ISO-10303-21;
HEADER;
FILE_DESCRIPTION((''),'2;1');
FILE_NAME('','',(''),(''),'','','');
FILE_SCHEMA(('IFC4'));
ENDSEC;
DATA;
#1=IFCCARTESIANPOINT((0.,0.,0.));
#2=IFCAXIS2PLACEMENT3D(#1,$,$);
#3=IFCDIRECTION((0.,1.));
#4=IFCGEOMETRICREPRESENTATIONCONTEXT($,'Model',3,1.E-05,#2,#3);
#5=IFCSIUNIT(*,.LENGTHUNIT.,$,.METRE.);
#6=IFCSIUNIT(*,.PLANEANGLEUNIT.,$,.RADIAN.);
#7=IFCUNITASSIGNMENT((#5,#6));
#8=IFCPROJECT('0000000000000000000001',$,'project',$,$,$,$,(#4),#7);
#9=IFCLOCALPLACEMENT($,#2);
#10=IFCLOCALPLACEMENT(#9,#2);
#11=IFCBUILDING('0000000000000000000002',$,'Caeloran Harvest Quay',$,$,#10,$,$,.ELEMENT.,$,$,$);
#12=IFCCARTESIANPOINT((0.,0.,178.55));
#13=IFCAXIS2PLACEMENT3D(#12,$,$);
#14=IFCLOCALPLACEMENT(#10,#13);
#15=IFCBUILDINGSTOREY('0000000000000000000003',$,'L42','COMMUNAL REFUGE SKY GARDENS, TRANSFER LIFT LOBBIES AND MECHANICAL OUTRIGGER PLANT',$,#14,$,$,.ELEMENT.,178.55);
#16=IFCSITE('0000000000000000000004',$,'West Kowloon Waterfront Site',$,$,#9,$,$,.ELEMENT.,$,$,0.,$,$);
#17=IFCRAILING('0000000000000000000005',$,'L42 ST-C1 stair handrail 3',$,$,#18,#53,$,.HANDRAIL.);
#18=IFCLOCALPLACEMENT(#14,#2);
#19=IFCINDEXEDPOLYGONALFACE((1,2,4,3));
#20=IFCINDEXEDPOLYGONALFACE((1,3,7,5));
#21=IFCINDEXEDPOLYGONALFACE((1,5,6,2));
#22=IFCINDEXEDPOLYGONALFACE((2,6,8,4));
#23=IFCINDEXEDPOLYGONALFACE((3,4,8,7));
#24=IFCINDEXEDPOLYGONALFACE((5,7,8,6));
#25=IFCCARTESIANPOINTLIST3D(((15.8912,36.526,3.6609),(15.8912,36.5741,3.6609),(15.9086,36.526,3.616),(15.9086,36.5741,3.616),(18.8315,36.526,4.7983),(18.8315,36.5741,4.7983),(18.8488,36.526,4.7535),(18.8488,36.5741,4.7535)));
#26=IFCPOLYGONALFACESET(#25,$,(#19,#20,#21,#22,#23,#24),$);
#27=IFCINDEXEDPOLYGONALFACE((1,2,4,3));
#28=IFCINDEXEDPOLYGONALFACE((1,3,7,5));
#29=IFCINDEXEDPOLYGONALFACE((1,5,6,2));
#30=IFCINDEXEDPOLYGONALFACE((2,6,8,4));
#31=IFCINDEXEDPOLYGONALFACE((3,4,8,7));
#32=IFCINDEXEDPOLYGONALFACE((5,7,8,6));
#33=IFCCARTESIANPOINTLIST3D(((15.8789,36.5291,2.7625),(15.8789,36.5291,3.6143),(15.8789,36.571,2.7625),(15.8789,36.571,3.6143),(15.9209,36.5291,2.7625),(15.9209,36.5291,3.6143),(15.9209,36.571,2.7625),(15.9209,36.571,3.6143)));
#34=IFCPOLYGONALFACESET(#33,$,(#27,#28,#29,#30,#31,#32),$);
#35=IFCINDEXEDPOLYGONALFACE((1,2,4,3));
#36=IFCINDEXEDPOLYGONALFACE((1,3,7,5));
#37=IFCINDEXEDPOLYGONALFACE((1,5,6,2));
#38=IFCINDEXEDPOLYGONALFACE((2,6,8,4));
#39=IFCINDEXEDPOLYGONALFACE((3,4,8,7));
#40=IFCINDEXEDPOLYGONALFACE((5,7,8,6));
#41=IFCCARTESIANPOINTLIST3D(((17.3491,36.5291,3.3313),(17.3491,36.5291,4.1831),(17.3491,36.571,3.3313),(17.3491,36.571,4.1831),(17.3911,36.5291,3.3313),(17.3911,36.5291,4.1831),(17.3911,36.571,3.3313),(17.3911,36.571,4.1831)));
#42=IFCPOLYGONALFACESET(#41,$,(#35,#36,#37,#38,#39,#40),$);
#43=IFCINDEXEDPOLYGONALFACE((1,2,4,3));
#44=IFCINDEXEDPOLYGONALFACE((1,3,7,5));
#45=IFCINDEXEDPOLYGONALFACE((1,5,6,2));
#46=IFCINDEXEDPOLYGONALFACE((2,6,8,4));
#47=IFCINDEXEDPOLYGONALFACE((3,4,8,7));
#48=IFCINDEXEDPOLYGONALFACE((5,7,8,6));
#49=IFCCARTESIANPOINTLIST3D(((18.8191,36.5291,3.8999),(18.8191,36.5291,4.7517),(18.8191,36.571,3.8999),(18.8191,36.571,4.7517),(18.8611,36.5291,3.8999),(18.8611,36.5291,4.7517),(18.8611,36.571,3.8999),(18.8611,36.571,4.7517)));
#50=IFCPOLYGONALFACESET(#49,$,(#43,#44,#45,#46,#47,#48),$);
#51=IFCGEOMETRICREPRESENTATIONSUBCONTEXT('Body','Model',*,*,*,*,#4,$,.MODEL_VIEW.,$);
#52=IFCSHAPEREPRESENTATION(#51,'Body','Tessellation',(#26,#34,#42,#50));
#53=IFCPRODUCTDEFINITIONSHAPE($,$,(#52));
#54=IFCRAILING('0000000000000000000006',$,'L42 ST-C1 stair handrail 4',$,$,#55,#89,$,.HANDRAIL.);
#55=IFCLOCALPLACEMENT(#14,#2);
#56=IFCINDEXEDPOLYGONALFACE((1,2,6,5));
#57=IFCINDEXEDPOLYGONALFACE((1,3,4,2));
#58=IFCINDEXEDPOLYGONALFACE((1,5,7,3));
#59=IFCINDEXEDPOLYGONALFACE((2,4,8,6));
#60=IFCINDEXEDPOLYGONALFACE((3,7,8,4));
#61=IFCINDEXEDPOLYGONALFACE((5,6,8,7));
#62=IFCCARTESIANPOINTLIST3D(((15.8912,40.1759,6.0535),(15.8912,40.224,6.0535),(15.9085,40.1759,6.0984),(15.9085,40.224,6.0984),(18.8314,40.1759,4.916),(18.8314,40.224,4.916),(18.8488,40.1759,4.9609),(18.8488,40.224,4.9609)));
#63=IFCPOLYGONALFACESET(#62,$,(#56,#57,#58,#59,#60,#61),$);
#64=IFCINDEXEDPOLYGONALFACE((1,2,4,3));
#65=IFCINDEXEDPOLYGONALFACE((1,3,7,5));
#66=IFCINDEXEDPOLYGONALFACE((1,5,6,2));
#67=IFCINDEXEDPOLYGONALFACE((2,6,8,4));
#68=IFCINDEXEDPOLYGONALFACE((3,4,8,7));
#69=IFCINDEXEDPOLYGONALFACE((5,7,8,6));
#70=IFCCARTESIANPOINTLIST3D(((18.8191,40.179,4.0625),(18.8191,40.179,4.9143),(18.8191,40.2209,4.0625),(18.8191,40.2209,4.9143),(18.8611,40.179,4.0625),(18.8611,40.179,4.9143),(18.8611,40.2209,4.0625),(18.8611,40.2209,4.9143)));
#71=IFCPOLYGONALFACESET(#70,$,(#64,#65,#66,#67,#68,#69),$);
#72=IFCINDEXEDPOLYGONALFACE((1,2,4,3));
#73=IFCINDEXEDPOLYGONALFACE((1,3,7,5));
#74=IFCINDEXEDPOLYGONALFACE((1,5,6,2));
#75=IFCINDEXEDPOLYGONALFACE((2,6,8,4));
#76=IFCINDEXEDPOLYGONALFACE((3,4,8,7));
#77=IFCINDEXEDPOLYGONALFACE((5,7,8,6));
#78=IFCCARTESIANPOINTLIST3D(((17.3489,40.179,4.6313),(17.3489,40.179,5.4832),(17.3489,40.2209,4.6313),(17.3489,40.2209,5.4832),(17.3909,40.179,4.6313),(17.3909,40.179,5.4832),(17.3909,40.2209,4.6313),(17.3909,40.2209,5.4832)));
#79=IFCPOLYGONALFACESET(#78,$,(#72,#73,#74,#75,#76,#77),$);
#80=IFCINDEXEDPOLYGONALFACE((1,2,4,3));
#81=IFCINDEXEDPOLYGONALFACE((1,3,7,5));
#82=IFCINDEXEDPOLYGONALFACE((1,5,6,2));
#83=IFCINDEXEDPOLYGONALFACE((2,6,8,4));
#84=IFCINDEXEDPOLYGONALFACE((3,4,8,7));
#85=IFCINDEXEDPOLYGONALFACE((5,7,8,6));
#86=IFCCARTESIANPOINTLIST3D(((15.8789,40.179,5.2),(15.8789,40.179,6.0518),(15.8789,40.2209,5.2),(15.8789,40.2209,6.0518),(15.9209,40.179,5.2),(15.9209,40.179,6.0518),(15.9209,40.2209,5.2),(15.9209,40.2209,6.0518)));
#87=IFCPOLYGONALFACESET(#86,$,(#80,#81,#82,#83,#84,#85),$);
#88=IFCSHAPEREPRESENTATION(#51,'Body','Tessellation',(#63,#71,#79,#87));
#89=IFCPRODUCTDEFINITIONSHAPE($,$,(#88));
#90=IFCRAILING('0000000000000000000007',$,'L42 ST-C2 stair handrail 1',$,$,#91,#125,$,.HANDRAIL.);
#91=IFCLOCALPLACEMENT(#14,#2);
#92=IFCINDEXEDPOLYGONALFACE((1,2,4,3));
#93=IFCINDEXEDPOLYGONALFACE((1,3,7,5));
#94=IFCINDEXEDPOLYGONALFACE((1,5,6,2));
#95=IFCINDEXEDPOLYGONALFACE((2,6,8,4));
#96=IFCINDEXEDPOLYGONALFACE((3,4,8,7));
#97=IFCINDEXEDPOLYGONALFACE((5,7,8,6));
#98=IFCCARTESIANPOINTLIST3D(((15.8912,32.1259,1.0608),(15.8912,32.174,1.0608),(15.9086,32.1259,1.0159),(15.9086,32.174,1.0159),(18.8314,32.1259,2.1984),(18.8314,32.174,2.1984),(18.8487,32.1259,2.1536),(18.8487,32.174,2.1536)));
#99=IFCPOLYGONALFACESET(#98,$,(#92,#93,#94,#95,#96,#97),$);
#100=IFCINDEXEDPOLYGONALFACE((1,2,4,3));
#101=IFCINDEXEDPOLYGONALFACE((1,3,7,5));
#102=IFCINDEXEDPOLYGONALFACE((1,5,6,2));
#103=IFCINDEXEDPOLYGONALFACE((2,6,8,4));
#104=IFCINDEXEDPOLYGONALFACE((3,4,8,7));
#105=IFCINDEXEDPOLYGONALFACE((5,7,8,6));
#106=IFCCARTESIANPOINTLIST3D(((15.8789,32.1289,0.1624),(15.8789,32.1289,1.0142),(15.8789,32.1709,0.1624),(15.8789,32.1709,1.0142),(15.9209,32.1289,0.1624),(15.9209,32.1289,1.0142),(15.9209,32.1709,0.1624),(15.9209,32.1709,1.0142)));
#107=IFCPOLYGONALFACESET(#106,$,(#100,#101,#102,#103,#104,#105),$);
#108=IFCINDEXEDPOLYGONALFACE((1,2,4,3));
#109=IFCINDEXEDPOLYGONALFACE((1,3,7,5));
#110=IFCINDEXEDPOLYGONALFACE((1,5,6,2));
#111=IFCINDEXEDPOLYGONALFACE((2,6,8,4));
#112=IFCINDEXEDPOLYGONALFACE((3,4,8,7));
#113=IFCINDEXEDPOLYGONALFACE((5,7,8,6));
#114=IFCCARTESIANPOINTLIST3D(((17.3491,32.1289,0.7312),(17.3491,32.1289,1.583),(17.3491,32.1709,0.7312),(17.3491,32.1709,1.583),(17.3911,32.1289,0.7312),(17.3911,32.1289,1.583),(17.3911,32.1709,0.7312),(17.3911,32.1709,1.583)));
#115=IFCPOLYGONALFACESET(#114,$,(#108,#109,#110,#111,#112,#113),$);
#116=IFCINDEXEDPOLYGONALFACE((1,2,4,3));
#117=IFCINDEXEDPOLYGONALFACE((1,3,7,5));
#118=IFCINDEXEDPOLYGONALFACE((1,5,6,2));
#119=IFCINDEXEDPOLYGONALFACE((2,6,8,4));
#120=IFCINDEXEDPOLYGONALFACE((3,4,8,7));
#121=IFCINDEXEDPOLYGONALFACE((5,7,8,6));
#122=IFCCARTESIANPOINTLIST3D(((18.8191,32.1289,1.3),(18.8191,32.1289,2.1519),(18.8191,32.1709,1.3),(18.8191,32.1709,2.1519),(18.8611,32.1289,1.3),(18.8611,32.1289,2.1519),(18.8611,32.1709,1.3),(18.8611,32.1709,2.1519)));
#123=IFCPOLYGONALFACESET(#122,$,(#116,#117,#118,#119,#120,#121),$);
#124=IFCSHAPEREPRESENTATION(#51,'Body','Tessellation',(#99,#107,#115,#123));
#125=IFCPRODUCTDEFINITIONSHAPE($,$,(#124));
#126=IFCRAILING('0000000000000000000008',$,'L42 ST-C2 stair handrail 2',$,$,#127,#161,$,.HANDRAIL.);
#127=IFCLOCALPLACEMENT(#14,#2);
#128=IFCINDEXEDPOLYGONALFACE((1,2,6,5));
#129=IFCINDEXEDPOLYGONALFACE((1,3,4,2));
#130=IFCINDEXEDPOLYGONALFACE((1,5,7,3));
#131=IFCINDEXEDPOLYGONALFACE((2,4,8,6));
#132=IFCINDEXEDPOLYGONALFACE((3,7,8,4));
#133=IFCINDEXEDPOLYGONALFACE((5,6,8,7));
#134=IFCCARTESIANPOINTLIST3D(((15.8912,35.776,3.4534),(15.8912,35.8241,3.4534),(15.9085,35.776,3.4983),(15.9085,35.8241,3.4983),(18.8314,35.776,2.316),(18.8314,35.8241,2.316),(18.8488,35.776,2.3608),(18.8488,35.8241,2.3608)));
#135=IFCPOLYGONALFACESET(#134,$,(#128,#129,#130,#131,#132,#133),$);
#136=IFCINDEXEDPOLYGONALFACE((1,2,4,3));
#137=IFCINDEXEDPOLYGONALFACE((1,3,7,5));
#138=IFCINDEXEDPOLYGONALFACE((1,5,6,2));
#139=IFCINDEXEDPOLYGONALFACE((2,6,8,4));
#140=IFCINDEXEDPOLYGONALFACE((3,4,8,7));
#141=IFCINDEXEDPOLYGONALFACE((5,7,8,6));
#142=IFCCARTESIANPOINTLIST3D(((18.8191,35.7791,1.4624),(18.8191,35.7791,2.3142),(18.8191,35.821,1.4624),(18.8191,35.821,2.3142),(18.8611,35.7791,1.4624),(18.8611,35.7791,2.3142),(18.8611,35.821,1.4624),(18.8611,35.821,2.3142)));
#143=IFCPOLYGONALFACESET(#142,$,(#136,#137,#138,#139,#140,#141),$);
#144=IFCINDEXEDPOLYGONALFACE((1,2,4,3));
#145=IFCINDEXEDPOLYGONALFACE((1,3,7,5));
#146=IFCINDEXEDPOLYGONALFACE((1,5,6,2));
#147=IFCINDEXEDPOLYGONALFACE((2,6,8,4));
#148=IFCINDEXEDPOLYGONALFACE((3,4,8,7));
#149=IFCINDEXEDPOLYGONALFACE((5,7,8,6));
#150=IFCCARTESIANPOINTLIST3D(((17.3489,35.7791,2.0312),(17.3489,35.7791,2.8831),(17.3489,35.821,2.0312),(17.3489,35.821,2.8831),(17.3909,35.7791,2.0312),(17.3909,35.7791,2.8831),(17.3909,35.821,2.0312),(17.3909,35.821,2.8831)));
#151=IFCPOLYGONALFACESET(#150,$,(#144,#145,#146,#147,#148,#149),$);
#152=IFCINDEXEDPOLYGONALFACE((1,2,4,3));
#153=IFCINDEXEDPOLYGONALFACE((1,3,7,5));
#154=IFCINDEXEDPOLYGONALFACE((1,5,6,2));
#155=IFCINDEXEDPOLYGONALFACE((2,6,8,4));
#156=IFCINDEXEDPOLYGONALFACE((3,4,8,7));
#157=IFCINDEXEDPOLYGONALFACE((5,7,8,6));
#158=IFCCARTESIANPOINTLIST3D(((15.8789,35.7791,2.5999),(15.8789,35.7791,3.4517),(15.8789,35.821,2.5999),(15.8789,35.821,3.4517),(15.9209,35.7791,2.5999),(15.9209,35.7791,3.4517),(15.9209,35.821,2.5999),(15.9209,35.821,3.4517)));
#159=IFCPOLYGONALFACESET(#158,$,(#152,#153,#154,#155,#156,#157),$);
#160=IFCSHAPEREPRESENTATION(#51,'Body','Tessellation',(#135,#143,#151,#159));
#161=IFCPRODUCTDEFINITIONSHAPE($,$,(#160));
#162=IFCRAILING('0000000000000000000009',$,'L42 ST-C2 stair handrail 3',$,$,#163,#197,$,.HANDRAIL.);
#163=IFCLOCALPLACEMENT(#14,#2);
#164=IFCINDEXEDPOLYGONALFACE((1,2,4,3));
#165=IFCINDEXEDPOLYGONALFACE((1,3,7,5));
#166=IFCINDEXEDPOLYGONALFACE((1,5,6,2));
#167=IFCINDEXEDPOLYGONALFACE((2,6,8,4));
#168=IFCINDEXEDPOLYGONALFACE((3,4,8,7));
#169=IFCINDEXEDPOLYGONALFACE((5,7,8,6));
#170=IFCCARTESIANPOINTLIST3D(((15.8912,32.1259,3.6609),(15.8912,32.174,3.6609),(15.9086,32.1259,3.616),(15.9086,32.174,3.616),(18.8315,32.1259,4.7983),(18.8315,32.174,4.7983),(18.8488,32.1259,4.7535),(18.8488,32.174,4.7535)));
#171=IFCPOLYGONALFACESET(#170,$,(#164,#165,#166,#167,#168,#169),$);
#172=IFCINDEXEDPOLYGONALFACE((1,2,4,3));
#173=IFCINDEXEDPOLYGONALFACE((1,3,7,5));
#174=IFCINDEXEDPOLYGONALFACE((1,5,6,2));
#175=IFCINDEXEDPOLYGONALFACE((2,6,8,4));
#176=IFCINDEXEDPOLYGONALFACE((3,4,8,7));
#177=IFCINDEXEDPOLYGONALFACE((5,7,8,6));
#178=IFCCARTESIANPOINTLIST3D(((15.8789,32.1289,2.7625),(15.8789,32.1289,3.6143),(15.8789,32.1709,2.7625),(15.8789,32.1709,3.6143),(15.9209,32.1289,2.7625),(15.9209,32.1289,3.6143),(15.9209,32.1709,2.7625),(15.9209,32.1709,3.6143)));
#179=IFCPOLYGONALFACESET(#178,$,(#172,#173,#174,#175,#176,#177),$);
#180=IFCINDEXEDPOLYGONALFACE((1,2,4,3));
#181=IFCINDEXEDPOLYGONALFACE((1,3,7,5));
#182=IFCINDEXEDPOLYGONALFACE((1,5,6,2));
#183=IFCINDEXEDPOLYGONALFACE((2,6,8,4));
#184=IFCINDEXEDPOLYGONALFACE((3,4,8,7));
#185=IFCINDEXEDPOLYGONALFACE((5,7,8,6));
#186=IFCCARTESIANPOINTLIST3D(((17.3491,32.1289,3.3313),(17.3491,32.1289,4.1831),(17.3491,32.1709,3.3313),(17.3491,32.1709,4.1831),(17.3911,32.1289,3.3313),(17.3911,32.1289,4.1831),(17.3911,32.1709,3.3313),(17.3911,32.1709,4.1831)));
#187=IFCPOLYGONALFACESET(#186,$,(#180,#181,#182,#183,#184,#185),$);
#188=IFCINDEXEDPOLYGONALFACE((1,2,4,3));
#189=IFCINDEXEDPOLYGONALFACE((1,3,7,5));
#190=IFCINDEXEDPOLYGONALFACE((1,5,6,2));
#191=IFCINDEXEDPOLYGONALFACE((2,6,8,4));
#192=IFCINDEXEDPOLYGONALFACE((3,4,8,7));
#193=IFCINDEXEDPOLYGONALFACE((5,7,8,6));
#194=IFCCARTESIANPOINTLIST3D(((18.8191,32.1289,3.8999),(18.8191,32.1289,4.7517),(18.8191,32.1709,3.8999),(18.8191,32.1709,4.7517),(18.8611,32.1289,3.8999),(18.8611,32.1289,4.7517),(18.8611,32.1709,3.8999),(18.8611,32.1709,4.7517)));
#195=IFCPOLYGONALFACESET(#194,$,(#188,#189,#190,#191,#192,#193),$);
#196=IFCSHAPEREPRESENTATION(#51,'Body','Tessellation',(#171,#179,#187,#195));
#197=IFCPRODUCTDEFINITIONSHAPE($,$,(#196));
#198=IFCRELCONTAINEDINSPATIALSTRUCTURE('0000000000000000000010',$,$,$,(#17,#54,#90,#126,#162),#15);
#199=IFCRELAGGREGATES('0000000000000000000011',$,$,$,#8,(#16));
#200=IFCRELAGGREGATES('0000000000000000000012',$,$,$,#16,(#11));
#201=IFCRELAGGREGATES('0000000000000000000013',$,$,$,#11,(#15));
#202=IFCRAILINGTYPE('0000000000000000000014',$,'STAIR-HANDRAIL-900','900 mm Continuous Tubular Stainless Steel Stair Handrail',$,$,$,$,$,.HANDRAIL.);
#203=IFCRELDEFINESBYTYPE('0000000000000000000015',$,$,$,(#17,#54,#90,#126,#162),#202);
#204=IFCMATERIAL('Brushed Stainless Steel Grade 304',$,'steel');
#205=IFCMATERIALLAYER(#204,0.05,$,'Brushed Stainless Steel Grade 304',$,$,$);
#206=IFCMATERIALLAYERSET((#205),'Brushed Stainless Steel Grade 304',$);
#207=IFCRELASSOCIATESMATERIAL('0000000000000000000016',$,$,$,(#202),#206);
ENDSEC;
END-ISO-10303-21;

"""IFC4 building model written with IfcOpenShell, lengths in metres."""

from ifc_helpers import new_model, si_unit, direction, frame, origin, origin_2d, place, context, subcontext, project, spatial, rectangle, extrude, material, layer, layer_set, type_object, element, save


model = new_model("IFC4")

# Units and contexts
model_context = context("Model", 3, precision=1e-05, world=origin(), true_north=direction((0.0, 1.0)))
body_context = subcontext(model_context, "Body", "Model", "MODEL_VIEW")
ifc_project = project(units=[si_unit("LENGTHUNIT", "METRE"), si_unit("PLANEANGLEUNIT", "RADIAN")], contexts=[model_context])

# Site, building, storey
site_placement = place(None, origin())
site = spatial("IfcSite", under=ifc_project, at=site_placement, Name="West Kowloon Waterfront Site", CompositionType="ELEMENT", RefElevation=0.0)
building_placement = place(site_placement, origin())
building = spatial("IfcBuilding", under=site, at=building_placement, Name="Caeloran Harvest Quay", CompositionType="ELEMENT")
storey_placement = place(building_placement, frame((0.0, 0.0, 178.55)))
storey = spatial("IfcBuildingStorey", under=building, at=storey_placement, Name="L42", Description="COMMUNAL REFUGE SKY GARDENS, TRANSFER LIFT LOBBIES AND MECHANICAL OUTRIGGER PLANT", CompositionType="ELEMENT", Elevation=178.55)

# Railings
ifc_material_1 = material(Name="Brushed Stainless Steel Grade 304", Category="steel")
ifc_layer_1 = layer(ifc_material_1, 0.05, Name="Brushed Stainless Steel Grade 304")
ifc_layer_set_1 = layer_set([ifc_layer_1], Name="Brushed Stainless Steel Grade 304")
railing_type_1 = type_object("IfcRailingType", Name="STAIR-HANDRAIL-900", Description="900 mm Continuous Tubular Stainless Steel Stair Handrail", PredefinedType="HANDRAIL", material=ifc_layer_set_1)
railing_1_placement = place(storey_placement, frame((15.8999, 36.55, 2.7625)))
element("IfcRailing", 1, at=railing_1_placement, inside=storey, type_object=railing_type_1, Name="L42 ST-C1 stair handrail 3", PredefinedType="HANDRAIL", context=body_context, shape_type="SweptSolid", body=[
    extrude(rectangle(XDim=0.0481, YDim=0.0481, at=origin_2d()), frame((0.0, 0.0, 0.876), z_axis=(0.932641, 0.0, 0.360805), x_axis=(0.0, 1.0, 0.0)), (0.0, 0.0, 1.0), 3.1526),
    extrude(rectangle(XDim=0.042, YDim=0.042, at=origin_2d()), origin(), (0.0, 0.0, 1.0), 0.8518),
    extrude(rectangle(XDim=0.042, YDim=0.042, at=origin_2d()), frame((1.4702, 0.0, 0.5688)), (0.0, 0.0, 1.0), 0.8518),
    extrude(rectangle(XDim=0.042, YDim=0.042, at=origin_2d()), frame((2.9402, 0.0, 1.1375)), (0.0, 0.0, 1.0), 0.8518),
])
railing_2_placement = place(storey_placement, frame((18.8401, 40.2, 4.0625)))
element("IfcRailing", 2, at=railing_2_placement, inside=storey, type_object=railing_type_1, Name="L42 ST-C1 stair handrail 4", PredefinedType="HANDRAIL", context=body_context, shape_type="SweptSolid", body=[
    extrude(rectangle(XDim=0.0481, YDim=0.0481, at=origin_2d()), frame((0.0, 0.0, 0.876), z_axis=(-0.932641, 0.0, 0.360805), x_axis=(0.0, -1.0, 0.0)), (0.0, 0.0, 1.0), 3.1526),
    extrude(rectangle(XDim=0.042, YDim=0.042, at=origin_2d()), origin(), (0.0, 0.0, 1.0), 0.8518),
    extrude(rectangle(XDim=0.042, YDim=0.042, at=origin_2d()), frame((-1.4702, 0.0, 0.5688)), (0.0, 0.0, 1.0), 0.8518),
    extrude(rectangle(XDim=0.042, YDim=0.042, at=origin_2d()), frame((-2.9402, 0.0, 1.1375)), (0.0, 0.0, 1.0), 0.8518),
])
railing_3_placement = place(storey_placement, frame((15.8999, 32.1499, 0.1624)))
element("IfcRailing", 3, at=railing_3_placement, inside=storey, type_object=railing_type_1, Name="L42 ST-C2 stair handrail 1", PredefinedType="HANDRAIL", context=body_context, shape_type="SweptSolid", body=[
    extrude(rectangle(XDim=0.0481, YDim=0.0481, at=origin_2d()), frame((0.0, 0.0, 0.876), z_axis=(0.932615, 0.0, 0.360872), x_axis=(0.0, 1.0, 0.0)), (0.0, 0.0, 1.0), 3.1526),
    extrude(rectangle(XDim=0.042, YDim=0.042, at=origin_2d()), origin(), (0.0, 0.0, 1.0), 0.8518),
    extrude(rectangle(XDim=0.042, YDim=0.042, at=origin_2d()), frame((1.4702, 0.0, 0.5688)), (0.0, 0.0, 1.0), 0.8518),
    extrude(rectangle(XDim=0.042, YDim=0.042, at=origin_2d()), frame((2.9402, 0.0, 1.1377)), (0.0, 0.0, 1.0), 0.8518),
])
railing_4_placement = place(storey_placement, frame((18.8401, 35.8, 1.4624)))
element("IfcRailing", 4, at=railing_4_placement, inside=storey, type_object=railing_type_1, Name="L42 ST-C2 stair handrail 2", PredefinedType="HANDRAIL", context=body_context, shape_type="SweptSolid", body=[
    extrude(rectangle(XDim=0.0481, YDim=0.0481, at=origin_2d()), frame((0.0, 0.0, 0.876), z_axis=(-0.932641, 0.0, 0.360805), x_axis=(0.0, -1.0, 0.0)), (0.0, 0.0, 1.0), 3.1526),
    extrude(rectangle(XDim=0.042, YDim=0.042, at=origin_2d()), origin(), (0.0, 0.0, 1.0), 0.8518),
    extrude(rectangle(XDim=0.042, YDim=0.042, at=origin_2d()), frame((-1.4702, 0.0, 0.5688)), (0.0, 0.0, 1.0), 0.8518),
    extrude(rectangle(XDim=0.042, YDim=0.042, at=origin_2d()), frame((-2.9402, 0.0, 1.1375)), (0.0, 0.0, 1.0), 0.8518),
])
railing_5_placement = place(storey_placement, frame((15.8999, 32.1499, 2.7625)))
element("IfcRailing", 5, at=railing_5_placement, inside=storey, type_object=railing_type_1, Name="L42 ST-C2 stair handrail 3", PredefinedType="HANDRAIL", context=body_context, shape_type="SweptSolid", body=[
    extrude(rectangle(XDim=0.0481, YDim=0.0481, at=origin_2d()), frame((0.0, 0.0, 0.876), z_axis=(0.932641, 0.0, 0.360805), x_axis=(0.0, 1.0, 0.0)), (0.0, 0.0, 1.0), 3.1526),
    extrude(rectangle(XDim=0.042, YDim=0.042, at=origin_2d()), origin(), (0.0, 0.0, 1.0), 0.8518),
    extrude(rectangle(XDim=0.042, YDim=0.042, at=origin_2d()), frame((1.4702, 0.0, 0.5688)), (0.0, 0.0, 1.0), 0.8518),
    extrude(rectangle(XDim=0.042, YDim=0.042, at=origin_2d()), frame((2.9402, 0.0, 1.1375)), (0.0, 0.0, 1.0), 0.8518),
])

save(model, "model.ifc")
